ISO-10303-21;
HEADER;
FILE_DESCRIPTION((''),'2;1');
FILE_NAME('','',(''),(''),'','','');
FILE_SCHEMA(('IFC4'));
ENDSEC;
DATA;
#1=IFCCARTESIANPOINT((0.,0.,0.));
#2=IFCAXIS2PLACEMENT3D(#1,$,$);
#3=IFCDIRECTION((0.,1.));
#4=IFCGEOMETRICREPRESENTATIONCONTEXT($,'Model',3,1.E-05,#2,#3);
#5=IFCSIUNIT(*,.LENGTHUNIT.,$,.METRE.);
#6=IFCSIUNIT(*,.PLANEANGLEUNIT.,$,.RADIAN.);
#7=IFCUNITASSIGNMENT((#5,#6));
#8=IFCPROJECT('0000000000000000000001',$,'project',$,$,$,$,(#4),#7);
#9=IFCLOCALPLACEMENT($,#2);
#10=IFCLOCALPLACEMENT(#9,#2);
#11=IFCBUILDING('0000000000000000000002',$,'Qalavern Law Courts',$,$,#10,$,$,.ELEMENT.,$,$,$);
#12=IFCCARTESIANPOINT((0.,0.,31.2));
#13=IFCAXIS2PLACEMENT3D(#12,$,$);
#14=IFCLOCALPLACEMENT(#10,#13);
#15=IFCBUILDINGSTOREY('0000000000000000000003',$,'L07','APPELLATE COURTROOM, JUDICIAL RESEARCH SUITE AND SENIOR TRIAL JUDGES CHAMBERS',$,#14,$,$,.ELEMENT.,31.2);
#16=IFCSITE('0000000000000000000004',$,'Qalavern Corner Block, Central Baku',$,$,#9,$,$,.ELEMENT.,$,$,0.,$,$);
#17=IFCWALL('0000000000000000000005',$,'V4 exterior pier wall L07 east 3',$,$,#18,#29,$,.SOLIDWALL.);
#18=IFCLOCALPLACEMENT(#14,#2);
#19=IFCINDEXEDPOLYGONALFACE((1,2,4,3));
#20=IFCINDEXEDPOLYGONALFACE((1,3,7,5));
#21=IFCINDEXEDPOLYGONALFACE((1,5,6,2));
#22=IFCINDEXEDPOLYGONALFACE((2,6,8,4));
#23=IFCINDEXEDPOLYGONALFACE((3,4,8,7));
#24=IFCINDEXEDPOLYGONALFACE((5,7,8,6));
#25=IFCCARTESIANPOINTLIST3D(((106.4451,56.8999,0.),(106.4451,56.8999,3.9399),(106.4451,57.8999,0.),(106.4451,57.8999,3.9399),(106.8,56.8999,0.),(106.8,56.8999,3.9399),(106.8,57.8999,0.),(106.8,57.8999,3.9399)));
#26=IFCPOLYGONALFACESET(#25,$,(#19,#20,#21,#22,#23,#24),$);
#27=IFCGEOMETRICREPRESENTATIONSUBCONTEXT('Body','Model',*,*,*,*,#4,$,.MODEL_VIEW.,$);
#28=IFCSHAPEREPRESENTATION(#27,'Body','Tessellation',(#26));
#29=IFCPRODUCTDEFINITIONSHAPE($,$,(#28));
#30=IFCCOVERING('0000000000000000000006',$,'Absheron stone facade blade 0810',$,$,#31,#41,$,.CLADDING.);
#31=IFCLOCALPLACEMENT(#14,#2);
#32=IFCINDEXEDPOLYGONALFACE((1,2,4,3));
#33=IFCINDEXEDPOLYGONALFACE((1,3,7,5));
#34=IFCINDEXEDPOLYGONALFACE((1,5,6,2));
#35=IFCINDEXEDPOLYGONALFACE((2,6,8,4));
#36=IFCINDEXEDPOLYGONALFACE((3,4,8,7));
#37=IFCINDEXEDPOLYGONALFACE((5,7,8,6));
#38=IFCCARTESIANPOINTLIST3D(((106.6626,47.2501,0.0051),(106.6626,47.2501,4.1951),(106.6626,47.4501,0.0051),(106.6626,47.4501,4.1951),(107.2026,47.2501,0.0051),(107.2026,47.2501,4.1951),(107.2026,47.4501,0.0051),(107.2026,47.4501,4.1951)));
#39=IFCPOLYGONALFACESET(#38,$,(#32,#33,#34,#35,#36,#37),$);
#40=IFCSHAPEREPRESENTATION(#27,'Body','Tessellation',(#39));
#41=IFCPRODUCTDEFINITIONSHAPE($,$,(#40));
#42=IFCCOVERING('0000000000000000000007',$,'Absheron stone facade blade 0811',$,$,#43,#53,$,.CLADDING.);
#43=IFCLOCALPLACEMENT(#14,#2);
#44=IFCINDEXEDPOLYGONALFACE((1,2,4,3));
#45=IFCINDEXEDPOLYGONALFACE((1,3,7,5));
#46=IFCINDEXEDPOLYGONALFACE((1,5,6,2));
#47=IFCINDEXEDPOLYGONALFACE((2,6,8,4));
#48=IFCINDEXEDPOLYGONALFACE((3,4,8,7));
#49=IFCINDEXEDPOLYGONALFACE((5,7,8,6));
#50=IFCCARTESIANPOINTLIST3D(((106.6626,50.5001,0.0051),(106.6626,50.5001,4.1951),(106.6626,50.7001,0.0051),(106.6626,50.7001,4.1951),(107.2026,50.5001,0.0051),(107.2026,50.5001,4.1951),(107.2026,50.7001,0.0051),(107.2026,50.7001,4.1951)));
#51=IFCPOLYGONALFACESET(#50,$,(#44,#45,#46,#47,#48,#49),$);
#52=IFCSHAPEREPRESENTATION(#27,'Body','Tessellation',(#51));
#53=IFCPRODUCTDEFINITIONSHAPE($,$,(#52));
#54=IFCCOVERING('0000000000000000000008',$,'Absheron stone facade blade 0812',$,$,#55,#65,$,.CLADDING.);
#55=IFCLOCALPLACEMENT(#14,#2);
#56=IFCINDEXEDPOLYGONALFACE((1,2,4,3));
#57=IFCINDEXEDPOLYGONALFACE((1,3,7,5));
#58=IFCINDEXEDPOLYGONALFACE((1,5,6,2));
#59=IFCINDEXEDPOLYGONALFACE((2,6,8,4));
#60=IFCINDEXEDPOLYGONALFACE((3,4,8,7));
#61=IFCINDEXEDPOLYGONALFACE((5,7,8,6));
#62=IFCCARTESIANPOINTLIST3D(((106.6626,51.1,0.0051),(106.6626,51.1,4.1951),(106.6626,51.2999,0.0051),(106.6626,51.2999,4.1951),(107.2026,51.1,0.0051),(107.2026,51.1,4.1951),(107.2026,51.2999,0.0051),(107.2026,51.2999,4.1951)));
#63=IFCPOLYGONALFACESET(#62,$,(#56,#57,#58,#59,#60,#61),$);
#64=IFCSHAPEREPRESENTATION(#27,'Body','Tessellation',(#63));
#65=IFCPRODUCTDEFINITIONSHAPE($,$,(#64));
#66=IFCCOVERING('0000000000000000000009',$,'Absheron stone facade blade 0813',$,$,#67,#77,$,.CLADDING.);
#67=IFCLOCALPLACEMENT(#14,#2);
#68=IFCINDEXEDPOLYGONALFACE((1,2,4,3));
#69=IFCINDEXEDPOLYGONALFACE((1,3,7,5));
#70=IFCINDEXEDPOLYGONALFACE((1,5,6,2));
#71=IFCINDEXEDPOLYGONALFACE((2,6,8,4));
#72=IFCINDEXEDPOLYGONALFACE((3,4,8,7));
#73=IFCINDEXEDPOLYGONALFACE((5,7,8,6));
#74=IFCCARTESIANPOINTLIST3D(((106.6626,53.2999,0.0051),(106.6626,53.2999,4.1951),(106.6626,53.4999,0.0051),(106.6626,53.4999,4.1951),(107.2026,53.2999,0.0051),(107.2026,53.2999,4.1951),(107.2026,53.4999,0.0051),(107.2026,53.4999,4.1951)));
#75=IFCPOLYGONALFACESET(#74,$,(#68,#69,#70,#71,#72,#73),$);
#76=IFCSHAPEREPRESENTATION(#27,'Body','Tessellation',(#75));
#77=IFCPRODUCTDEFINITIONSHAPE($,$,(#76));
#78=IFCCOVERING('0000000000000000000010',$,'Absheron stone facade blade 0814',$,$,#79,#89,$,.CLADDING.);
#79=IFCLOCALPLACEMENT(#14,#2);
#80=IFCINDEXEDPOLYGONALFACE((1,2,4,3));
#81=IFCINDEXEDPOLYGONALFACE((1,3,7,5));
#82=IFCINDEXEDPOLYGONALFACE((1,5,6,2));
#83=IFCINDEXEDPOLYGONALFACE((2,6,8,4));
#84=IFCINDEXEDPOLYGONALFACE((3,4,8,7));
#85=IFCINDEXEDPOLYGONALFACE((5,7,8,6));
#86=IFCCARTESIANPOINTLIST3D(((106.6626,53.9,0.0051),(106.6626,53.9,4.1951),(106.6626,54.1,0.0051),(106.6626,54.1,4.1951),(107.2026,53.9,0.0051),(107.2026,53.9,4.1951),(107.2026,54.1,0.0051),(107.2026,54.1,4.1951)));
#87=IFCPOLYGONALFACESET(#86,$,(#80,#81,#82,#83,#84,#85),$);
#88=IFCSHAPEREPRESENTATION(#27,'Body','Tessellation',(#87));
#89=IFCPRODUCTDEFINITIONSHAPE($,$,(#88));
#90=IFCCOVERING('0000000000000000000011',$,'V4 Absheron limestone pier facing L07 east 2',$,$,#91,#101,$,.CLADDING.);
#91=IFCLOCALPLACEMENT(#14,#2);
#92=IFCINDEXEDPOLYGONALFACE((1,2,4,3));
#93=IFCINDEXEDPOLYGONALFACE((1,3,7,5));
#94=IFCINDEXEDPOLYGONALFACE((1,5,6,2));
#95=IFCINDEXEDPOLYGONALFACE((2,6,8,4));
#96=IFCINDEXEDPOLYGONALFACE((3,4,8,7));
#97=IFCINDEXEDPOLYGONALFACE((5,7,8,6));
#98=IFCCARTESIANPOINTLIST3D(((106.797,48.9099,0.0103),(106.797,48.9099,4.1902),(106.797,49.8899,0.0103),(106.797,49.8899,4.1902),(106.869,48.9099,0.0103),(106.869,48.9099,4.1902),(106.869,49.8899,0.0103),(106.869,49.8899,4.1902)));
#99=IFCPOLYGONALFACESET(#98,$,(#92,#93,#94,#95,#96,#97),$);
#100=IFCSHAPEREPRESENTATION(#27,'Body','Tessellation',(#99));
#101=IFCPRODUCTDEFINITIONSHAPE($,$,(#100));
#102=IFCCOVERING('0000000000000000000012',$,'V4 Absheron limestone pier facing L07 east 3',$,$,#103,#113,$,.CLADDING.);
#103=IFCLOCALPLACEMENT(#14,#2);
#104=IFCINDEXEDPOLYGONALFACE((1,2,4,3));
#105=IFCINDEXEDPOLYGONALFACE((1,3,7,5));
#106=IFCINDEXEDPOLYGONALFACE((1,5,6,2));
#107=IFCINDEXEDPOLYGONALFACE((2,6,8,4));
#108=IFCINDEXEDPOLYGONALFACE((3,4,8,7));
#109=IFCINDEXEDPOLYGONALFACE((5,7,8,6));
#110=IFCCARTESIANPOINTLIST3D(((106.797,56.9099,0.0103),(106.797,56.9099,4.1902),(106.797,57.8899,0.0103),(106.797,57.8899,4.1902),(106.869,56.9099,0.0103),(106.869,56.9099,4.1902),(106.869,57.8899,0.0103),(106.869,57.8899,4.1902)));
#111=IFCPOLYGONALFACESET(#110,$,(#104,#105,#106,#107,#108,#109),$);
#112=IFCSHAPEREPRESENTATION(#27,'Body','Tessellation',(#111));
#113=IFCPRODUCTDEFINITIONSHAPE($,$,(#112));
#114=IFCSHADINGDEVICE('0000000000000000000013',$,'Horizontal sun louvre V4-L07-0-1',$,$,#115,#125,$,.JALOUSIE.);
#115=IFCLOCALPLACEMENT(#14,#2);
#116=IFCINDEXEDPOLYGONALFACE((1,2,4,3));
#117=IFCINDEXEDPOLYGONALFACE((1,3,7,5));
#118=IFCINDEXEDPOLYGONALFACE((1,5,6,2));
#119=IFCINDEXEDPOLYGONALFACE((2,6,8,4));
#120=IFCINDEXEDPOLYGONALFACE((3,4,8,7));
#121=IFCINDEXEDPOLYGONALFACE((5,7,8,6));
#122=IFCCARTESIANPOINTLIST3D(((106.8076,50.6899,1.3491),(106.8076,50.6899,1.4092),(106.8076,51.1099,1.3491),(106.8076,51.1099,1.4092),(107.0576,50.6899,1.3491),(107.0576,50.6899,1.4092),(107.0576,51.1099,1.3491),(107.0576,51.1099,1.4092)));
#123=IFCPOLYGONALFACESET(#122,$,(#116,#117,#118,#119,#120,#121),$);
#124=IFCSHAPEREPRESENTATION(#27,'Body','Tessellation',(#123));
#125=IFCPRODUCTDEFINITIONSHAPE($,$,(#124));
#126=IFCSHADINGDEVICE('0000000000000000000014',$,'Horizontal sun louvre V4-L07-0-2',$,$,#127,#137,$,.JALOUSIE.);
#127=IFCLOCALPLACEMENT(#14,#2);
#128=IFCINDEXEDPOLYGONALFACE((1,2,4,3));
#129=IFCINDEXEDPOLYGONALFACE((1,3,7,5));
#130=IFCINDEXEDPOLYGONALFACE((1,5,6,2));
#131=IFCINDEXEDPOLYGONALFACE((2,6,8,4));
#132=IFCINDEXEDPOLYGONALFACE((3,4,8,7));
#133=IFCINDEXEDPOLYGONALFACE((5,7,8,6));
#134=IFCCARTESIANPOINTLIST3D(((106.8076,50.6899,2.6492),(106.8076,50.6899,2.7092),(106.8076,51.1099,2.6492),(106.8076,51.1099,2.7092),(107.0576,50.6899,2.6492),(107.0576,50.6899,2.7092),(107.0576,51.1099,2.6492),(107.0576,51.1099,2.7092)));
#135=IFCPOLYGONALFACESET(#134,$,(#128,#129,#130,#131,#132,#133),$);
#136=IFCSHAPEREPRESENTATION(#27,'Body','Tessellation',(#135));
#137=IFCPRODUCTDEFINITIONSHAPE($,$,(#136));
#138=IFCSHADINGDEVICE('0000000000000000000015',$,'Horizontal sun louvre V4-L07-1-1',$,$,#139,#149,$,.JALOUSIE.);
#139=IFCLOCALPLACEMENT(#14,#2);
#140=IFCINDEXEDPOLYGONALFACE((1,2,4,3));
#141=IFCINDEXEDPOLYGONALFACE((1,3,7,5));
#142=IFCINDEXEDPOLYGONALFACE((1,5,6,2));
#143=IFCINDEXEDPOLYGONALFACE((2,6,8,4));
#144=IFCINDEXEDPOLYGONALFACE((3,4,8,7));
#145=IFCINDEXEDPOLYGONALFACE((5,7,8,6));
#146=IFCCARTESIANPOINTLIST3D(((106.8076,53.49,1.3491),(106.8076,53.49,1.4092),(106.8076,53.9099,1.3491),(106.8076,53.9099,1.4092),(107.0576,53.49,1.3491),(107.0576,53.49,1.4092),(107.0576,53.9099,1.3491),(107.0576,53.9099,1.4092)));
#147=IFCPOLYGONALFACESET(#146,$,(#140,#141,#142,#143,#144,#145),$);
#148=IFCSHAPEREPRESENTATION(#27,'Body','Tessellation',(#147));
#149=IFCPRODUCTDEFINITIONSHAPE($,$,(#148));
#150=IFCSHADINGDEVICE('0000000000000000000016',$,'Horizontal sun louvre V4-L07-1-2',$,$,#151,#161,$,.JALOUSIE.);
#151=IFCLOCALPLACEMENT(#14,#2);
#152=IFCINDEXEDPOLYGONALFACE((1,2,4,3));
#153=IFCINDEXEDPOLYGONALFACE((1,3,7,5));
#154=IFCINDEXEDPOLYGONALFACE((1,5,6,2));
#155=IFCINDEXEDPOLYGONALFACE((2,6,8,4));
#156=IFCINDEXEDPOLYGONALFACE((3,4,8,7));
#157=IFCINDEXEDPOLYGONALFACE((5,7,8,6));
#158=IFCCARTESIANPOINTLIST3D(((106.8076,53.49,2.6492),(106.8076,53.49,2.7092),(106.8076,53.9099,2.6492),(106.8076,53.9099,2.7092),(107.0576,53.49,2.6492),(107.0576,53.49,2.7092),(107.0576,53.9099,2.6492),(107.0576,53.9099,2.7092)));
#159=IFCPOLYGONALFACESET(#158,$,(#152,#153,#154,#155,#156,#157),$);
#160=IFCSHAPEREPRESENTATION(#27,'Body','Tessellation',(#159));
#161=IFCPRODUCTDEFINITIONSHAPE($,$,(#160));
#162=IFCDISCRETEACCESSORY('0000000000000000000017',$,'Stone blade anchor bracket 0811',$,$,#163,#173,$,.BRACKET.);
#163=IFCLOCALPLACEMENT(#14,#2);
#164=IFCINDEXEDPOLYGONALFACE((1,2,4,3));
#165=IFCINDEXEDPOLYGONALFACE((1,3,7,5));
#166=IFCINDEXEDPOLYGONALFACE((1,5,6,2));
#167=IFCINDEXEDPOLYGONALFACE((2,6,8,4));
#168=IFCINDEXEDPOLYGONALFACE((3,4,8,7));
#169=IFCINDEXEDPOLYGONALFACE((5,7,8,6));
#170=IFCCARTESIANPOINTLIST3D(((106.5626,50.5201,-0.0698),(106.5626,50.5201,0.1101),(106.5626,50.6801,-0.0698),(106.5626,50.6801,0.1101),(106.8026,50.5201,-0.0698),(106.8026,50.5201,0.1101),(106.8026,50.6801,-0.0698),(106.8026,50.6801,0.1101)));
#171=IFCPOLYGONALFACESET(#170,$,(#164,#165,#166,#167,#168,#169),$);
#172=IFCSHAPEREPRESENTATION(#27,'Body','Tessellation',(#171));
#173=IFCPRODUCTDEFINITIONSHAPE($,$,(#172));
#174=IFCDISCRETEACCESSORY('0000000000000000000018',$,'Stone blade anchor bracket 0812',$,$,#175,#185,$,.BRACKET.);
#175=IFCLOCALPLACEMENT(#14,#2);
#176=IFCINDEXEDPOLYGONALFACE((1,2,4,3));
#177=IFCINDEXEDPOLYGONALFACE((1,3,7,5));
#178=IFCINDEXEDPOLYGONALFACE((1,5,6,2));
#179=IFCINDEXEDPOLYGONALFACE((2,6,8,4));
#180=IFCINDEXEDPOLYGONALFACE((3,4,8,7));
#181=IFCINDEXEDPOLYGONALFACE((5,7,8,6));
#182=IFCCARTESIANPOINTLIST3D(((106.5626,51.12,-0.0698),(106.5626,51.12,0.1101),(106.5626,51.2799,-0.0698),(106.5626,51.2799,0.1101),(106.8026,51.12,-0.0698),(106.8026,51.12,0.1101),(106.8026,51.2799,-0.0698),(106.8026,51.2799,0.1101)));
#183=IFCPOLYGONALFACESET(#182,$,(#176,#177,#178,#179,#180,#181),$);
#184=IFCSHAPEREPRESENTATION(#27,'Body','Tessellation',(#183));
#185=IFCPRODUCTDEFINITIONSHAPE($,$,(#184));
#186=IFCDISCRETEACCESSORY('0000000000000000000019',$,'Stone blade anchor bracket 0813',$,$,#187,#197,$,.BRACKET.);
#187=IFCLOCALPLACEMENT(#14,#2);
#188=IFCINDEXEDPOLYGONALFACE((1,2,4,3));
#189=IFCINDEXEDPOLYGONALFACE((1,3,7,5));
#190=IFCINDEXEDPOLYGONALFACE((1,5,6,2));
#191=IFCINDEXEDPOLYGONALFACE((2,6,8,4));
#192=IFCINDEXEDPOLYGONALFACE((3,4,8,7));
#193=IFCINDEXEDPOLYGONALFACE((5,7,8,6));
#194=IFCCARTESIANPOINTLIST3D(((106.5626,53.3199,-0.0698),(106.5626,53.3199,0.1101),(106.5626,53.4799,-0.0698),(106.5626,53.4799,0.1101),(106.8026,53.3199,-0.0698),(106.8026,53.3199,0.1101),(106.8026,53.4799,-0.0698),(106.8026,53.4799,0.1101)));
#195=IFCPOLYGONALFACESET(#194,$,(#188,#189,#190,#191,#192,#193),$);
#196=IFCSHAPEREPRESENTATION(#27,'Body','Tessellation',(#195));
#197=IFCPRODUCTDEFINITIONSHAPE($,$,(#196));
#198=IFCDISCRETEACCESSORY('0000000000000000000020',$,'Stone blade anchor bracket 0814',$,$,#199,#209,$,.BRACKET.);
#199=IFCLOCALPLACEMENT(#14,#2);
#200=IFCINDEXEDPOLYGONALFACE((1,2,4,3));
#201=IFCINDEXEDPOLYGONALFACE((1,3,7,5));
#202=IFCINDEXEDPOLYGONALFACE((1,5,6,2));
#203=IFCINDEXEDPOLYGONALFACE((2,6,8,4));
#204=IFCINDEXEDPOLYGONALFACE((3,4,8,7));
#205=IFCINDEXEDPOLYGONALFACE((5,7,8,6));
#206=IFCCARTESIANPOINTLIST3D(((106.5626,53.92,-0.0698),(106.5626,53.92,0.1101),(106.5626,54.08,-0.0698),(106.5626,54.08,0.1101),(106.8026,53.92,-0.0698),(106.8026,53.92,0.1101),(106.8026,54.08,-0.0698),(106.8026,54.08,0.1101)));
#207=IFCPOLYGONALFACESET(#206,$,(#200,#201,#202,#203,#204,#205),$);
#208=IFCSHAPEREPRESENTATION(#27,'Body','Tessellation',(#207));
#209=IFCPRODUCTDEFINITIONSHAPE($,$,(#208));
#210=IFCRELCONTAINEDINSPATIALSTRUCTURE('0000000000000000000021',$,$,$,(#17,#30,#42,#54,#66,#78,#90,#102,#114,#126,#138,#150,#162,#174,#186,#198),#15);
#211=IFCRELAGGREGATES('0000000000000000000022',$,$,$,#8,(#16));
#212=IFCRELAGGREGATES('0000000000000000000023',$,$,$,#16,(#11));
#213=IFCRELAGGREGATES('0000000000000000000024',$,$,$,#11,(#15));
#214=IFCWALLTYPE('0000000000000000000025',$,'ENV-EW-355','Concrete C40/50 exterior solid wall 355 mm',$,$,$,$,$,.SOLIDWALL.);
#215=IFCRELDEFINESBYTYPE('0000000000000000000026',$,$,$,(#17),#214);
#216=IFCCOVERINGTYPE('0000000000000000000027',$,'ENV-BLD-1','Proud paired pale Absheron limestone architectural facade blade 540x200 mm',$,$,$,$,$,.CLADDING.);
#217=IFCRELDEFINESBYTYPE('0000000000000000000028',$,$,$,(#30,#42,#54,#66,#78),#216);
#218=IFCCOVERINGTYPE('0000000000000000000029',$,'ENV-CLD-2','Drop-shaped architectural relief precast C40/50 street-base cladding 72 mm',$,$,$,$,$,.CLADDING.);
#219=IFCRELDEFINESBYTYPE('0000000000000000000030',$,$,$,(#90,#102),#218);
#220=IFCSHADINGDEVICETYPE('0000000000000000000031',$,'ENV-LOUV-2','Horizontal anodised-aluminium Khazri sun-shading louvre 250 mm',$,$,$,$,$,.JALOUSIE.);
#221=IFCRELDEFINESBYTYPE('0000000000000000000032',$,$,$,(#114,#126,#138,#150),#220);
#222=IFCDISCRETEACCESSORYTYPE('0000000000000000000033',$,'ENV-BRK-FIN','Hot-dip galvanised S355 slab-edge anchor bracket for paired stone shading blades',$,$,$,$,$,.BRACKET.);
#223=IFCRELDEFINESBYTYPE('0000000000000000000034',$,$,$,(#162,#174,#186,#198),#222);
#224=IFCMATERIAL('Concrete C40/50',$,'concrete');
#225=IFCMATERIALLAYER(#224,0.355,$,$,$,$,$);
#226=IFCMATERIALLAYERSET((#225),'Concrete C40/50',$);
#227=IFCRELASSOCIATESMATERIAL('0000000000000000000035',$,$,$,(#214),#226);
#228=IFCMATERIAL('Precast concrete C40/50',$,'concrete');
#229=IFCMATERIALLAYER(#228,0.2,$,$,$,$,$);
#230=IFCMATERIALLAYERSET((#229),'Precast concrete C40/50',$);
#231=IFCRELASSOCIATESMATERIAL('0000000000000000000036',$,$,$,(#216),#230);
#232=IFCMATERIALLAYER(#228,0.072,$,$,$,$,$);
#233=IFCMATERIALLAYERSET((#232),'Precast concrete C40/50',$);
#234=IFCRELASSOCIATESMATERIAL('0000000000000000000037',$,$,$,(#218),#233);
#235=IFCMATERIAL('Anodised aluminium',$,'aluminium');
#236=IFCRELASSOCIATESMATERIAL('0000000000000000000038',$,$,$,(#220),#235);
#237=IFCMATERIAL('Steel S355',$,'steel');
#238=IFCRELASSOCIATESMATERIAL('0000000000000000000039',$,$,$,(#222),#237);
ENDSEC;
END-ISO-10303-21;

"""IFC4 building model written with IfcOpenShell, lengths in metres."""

from ifc_helpers import new_model, si_unit, direction, frame, frame_2d, origin, origin_2d, place, context, subcontext, project, spatial, rectangle, extrude, material, layer, layer_set, type_object, element, save


model = new_model("IFC4")

# Units and contexts
model_context = context("Model", 3, precision=1e-05, world=origin(), true_north=direction((0.0, 1.0)))
body_context = subcontext(model_context, "Body", "Model", "MODEL_VIEW")
ifc_project = project(units=[si_unit("LENGTHUNIT", "METRE"), si_unit("PLANEANGLEUNIT", "RADIAN")], contexts=[model_context])

# Site, building, storey
site_placement = place(None, origin())
site = spatial("IfcSite", under=ifc_project, at=site_placement, Name="Qalavern Corner Block, Central Baku", CompositionType="ELEMENT", RefElevation=0.0)
building_placement = place(site_placement, origin())
building = spatial("IfcBuilding", under=site, at=building_placement, Name="Qalavern Law Courts", CompositionType="ELEMENT")
storey_placement = place(building_placement, frame((0.0, 0.0, 31.2)))
storey = spatial("IfcBuildingStorey", under=building, at=storey_placement, Name="L07", Description="APPELLATE COURTROOM, JUDICIAL RESEARCH SUITE AND SENIOR TRIAL JUDGES CHAMBERS", CompositionType="ELEMENT", Elevation=31.2)

# Shared definitions
ifc_material_1 = material(Name="Anodised aluminium", Category="aluminium")

# Wall
ifc_material_2 = material(Name="Concrete C40/50", Category="concrete")
ifc_layer_1 = layer(ifc_material_2, 0.355)
ifc_layer_set_1 = layer_set([ifc_layer_1], Name="Concrete C40/50")
wall_type = type_object("IfcWallType", Name="ENV-EW-355", Description="Concrete C40/50 exterior solid wall 355 mm", PredefinedType="SOLIDWALL", material=ifc_layer_set_1)
wall_placement = place(storey_placement, frame((106.6226, 56.8999, 0.0), z_axis=(0.0, 0.0, 1.0), x_axis=(0.0, 1.0, 0.0)))
element("IfcWall", 1, at=wall_placement, inside=storey, type_object=wall_type, Name="V4 exterior pier wall L07 east 3", PredefinedType="SOLIDWALL", context=body_context, shape_type="SweptSolid", body=[
    extrude(rectangle(XDim=1.0, YDim=0.355, at=frame_2d((0.5, 0.0))), origin(), (0.0, 0.0, 1.0), 3.9399),
])

# Coverings
ifc_material_3 = material(Name="Precast concrete C40/50", Category="concrete")
ifc_layer_2 = layer(ifc_material_3, 0.2)
ifc_layer_set_2 = layer_set([ifc_layer_2], Name="Precast concrete C40/50")
covering_type_1 = type_object("IfcCoveringType", Name="ENV-BLD-1", Description="Proud paired pale Absheron limestone architectural facade blade 540x200 mm", PredefinedType="CLADDING", material=ifc_layer_set_2)
for number, where, z_axis, x_axis, name in (
    (2, (106.9326, 47.3501, 0.0051), (0.0, 0.0, 1.0), (1.0, 0.0, 0.0), "Absheron stone facade blade 0810"),
    (3, (106.9326, 50.6001, 0.0051), (0.0, 0.0, 1.0), (1.0, 0.0, 0.0), "Absheron stone facade blade 0811"),
    (4, (106.9326, 51.2, 0.0051), (0.0, 0.0, 1.0), (1.0, 0.0, 0.0), "Absheron stone facade blade 0812"),
    (5, (106.9326, 53.3999, 0.0051), (0.0, 0.0, 1.0), (1.0, 0.0, 0.0), "Absheron stone facade blade 0813"),
    (6, (106.9326, 54.0, 0.0051), (0.0, 0.0, 1.0), (1.0, 0.0, 0.0), "Absheron stone facade blade 0814"),
):
    element("IfcCovering", number, at=place(storey_placement, frame(where, z_axis=z_axis, x_axis=x_axis)), inside=storey, type_object=covering_type_1, Name=name, PredefinedType="CLADDING", context=body_context, shape_type="SweptSolid", body=[
        extrude(rectangle(XDim=0.54, YDim=0.2, at=origin_2d()), origin(), (0.0, 0.0, 1.0), 4.1899),
    ])
ifc_layer_3 = layer(ifc_material_3, 0.072)
ifc_layer_set_3 = layer_set([ifc_layer_3], Name="Precast concrete C40/50")
covering_type_2 = type_object("IfcCoveringType", Name="ENV-CLD-2", Description="Drop-shaped architectural relief precast C40/50 street-base cladding 72 mm", PredefinedType="CLADDING", material=ifc_layer_set_3)
for number, where, z_axis, x_axis, name in (
    (7, (106.833, 49.3999, 0.0103), (0.0, 0.0, 1.0), (0.0, 1.0, 0.0), "V4 Absheron limestone pier facing L07 east 2"),
    (8, (106.833, 57.3999, 0.0103), (0.0, 0.0, 1.0), (0.0, 1.0, 0.0), "V4 Absheron limestone pier facing L07 east 3"),
):
    element("IfcCovering", number, at=place(storey_placement, frame(where, z_axis=z_axis, x_axis=x_axis)), inside=storey, type_object=covering_type_2, Name=name, PredefinedType="CLADDING", context=body_context, shape_type="SweptSolid", body=[
        extrude(rectangle(XDim=0.98, YDim=0.072, at=origin_2d()), origin(), (0.0, 0.0, 1.0), 4.1799),
    ])

# Shading devices
shading_device_type = type_object("IfcShadingDeviceType", Name="ENV-LOUV-2", Description="Horizontal anodised-aluminium Khazri sun-shading louvre 250 mm", PredefinedType="JALOUSIE", material=ifc_material_1)
for number, where, z_axis, x_axis, name in (
    (9, (106.9326, 50.8999, 1.3491), (0.0, 0.0, 1.0), (0.0, 1.0, 0.0), "Horizontal sun louvre V4-L07-0-1"),
    (10, (106.9326, 50.8999, 2.6492), (0.0, 0.0, 1.0), (0.0, 1.0, 0.0), "Horizontal sun louvre V4-L07-0-2"),
    (11, (106.9326, 53.7, 1.3491), (0.0, 0.0, 1.0), (0.0, 1.0, 0.0), "Horizontal sun louvre V4-L07-1-1"),
    (12, (106.9326, 53.7, 2.6492), (0.0, 0.0, 1.0), (0.0, 1.0, 0.0), "Horizontal sun louvre V4-L07-1-2"),
):
    element("IfcShadingDevice", number, at=place(storey_placement, frame(where, z_axis=z_axis, x_axis=x_axis)), inside=storey, type_object=shading_device_type, Name=name, PredefinedType="JALOUSIE", context=body_context, shape_type="SweptSolid", body=[
        extrude(rectangle(XDim=0.4199, YDim=0.25, at=origin_2d()), origin(), (0.0, 0.0, 1.0), 0.0601),
    ])

# Discrete accessories
ifc_material_4 = material(Name="Steel S355", Category="steel")
discrete_accessory_type = type_object("IfcDiscreteAccessoryType", Name="ENV-BRK-FIN", Description="Hot-dip galvanised S355 slab-edge anchor bracket for paired stone shading blades", PredefinedType="BRACKET", material=ifc_material_4)
for number, where, z_axis, x_axis, name in (
    (13, (106.6826, 50.6001, -0.0698), (0.0, 0.0, 1.0), (1.0, 0.0, 0.0), "Stone blade anchor bracket 0811"),
    (14, (106.6826, 51.2, -0.0698), (0.0, 0.0, 1.0), (1.0, 0.0, 0.0), "Stone blade anchor bracket 0812"),
    (15, (106.6826, 53.3999, -0.0698), (0.0, 0.0, 1.0), (1.0, 0.0, 0.0), "Stone blade anchor bracket 0813"),
    (16, (106.6826, 54.0, -0.0698), (0.0, 0.0, 1.0), (1.0, 0.0, 0.0), "Stone blade anchor bracket 0814"),
):
    element("IfcDiscreteAccessory", number, at=place(storey_placement, frame(where, z_axis=z_axis, x_axis=x_axis)), inside=storey, type_object=discrete_accessory_type, Name=name, PredefinedType="BRACKET", context=body_context, shape_type="SweptSolid", body=[
        extrude(rectangle(XDim=0.24, YDim=0.1599, at=origin_2d()), origin(), (0.0, 0.0, 1.0), 0.1799),
    ])

save(model, "model.ifc")
